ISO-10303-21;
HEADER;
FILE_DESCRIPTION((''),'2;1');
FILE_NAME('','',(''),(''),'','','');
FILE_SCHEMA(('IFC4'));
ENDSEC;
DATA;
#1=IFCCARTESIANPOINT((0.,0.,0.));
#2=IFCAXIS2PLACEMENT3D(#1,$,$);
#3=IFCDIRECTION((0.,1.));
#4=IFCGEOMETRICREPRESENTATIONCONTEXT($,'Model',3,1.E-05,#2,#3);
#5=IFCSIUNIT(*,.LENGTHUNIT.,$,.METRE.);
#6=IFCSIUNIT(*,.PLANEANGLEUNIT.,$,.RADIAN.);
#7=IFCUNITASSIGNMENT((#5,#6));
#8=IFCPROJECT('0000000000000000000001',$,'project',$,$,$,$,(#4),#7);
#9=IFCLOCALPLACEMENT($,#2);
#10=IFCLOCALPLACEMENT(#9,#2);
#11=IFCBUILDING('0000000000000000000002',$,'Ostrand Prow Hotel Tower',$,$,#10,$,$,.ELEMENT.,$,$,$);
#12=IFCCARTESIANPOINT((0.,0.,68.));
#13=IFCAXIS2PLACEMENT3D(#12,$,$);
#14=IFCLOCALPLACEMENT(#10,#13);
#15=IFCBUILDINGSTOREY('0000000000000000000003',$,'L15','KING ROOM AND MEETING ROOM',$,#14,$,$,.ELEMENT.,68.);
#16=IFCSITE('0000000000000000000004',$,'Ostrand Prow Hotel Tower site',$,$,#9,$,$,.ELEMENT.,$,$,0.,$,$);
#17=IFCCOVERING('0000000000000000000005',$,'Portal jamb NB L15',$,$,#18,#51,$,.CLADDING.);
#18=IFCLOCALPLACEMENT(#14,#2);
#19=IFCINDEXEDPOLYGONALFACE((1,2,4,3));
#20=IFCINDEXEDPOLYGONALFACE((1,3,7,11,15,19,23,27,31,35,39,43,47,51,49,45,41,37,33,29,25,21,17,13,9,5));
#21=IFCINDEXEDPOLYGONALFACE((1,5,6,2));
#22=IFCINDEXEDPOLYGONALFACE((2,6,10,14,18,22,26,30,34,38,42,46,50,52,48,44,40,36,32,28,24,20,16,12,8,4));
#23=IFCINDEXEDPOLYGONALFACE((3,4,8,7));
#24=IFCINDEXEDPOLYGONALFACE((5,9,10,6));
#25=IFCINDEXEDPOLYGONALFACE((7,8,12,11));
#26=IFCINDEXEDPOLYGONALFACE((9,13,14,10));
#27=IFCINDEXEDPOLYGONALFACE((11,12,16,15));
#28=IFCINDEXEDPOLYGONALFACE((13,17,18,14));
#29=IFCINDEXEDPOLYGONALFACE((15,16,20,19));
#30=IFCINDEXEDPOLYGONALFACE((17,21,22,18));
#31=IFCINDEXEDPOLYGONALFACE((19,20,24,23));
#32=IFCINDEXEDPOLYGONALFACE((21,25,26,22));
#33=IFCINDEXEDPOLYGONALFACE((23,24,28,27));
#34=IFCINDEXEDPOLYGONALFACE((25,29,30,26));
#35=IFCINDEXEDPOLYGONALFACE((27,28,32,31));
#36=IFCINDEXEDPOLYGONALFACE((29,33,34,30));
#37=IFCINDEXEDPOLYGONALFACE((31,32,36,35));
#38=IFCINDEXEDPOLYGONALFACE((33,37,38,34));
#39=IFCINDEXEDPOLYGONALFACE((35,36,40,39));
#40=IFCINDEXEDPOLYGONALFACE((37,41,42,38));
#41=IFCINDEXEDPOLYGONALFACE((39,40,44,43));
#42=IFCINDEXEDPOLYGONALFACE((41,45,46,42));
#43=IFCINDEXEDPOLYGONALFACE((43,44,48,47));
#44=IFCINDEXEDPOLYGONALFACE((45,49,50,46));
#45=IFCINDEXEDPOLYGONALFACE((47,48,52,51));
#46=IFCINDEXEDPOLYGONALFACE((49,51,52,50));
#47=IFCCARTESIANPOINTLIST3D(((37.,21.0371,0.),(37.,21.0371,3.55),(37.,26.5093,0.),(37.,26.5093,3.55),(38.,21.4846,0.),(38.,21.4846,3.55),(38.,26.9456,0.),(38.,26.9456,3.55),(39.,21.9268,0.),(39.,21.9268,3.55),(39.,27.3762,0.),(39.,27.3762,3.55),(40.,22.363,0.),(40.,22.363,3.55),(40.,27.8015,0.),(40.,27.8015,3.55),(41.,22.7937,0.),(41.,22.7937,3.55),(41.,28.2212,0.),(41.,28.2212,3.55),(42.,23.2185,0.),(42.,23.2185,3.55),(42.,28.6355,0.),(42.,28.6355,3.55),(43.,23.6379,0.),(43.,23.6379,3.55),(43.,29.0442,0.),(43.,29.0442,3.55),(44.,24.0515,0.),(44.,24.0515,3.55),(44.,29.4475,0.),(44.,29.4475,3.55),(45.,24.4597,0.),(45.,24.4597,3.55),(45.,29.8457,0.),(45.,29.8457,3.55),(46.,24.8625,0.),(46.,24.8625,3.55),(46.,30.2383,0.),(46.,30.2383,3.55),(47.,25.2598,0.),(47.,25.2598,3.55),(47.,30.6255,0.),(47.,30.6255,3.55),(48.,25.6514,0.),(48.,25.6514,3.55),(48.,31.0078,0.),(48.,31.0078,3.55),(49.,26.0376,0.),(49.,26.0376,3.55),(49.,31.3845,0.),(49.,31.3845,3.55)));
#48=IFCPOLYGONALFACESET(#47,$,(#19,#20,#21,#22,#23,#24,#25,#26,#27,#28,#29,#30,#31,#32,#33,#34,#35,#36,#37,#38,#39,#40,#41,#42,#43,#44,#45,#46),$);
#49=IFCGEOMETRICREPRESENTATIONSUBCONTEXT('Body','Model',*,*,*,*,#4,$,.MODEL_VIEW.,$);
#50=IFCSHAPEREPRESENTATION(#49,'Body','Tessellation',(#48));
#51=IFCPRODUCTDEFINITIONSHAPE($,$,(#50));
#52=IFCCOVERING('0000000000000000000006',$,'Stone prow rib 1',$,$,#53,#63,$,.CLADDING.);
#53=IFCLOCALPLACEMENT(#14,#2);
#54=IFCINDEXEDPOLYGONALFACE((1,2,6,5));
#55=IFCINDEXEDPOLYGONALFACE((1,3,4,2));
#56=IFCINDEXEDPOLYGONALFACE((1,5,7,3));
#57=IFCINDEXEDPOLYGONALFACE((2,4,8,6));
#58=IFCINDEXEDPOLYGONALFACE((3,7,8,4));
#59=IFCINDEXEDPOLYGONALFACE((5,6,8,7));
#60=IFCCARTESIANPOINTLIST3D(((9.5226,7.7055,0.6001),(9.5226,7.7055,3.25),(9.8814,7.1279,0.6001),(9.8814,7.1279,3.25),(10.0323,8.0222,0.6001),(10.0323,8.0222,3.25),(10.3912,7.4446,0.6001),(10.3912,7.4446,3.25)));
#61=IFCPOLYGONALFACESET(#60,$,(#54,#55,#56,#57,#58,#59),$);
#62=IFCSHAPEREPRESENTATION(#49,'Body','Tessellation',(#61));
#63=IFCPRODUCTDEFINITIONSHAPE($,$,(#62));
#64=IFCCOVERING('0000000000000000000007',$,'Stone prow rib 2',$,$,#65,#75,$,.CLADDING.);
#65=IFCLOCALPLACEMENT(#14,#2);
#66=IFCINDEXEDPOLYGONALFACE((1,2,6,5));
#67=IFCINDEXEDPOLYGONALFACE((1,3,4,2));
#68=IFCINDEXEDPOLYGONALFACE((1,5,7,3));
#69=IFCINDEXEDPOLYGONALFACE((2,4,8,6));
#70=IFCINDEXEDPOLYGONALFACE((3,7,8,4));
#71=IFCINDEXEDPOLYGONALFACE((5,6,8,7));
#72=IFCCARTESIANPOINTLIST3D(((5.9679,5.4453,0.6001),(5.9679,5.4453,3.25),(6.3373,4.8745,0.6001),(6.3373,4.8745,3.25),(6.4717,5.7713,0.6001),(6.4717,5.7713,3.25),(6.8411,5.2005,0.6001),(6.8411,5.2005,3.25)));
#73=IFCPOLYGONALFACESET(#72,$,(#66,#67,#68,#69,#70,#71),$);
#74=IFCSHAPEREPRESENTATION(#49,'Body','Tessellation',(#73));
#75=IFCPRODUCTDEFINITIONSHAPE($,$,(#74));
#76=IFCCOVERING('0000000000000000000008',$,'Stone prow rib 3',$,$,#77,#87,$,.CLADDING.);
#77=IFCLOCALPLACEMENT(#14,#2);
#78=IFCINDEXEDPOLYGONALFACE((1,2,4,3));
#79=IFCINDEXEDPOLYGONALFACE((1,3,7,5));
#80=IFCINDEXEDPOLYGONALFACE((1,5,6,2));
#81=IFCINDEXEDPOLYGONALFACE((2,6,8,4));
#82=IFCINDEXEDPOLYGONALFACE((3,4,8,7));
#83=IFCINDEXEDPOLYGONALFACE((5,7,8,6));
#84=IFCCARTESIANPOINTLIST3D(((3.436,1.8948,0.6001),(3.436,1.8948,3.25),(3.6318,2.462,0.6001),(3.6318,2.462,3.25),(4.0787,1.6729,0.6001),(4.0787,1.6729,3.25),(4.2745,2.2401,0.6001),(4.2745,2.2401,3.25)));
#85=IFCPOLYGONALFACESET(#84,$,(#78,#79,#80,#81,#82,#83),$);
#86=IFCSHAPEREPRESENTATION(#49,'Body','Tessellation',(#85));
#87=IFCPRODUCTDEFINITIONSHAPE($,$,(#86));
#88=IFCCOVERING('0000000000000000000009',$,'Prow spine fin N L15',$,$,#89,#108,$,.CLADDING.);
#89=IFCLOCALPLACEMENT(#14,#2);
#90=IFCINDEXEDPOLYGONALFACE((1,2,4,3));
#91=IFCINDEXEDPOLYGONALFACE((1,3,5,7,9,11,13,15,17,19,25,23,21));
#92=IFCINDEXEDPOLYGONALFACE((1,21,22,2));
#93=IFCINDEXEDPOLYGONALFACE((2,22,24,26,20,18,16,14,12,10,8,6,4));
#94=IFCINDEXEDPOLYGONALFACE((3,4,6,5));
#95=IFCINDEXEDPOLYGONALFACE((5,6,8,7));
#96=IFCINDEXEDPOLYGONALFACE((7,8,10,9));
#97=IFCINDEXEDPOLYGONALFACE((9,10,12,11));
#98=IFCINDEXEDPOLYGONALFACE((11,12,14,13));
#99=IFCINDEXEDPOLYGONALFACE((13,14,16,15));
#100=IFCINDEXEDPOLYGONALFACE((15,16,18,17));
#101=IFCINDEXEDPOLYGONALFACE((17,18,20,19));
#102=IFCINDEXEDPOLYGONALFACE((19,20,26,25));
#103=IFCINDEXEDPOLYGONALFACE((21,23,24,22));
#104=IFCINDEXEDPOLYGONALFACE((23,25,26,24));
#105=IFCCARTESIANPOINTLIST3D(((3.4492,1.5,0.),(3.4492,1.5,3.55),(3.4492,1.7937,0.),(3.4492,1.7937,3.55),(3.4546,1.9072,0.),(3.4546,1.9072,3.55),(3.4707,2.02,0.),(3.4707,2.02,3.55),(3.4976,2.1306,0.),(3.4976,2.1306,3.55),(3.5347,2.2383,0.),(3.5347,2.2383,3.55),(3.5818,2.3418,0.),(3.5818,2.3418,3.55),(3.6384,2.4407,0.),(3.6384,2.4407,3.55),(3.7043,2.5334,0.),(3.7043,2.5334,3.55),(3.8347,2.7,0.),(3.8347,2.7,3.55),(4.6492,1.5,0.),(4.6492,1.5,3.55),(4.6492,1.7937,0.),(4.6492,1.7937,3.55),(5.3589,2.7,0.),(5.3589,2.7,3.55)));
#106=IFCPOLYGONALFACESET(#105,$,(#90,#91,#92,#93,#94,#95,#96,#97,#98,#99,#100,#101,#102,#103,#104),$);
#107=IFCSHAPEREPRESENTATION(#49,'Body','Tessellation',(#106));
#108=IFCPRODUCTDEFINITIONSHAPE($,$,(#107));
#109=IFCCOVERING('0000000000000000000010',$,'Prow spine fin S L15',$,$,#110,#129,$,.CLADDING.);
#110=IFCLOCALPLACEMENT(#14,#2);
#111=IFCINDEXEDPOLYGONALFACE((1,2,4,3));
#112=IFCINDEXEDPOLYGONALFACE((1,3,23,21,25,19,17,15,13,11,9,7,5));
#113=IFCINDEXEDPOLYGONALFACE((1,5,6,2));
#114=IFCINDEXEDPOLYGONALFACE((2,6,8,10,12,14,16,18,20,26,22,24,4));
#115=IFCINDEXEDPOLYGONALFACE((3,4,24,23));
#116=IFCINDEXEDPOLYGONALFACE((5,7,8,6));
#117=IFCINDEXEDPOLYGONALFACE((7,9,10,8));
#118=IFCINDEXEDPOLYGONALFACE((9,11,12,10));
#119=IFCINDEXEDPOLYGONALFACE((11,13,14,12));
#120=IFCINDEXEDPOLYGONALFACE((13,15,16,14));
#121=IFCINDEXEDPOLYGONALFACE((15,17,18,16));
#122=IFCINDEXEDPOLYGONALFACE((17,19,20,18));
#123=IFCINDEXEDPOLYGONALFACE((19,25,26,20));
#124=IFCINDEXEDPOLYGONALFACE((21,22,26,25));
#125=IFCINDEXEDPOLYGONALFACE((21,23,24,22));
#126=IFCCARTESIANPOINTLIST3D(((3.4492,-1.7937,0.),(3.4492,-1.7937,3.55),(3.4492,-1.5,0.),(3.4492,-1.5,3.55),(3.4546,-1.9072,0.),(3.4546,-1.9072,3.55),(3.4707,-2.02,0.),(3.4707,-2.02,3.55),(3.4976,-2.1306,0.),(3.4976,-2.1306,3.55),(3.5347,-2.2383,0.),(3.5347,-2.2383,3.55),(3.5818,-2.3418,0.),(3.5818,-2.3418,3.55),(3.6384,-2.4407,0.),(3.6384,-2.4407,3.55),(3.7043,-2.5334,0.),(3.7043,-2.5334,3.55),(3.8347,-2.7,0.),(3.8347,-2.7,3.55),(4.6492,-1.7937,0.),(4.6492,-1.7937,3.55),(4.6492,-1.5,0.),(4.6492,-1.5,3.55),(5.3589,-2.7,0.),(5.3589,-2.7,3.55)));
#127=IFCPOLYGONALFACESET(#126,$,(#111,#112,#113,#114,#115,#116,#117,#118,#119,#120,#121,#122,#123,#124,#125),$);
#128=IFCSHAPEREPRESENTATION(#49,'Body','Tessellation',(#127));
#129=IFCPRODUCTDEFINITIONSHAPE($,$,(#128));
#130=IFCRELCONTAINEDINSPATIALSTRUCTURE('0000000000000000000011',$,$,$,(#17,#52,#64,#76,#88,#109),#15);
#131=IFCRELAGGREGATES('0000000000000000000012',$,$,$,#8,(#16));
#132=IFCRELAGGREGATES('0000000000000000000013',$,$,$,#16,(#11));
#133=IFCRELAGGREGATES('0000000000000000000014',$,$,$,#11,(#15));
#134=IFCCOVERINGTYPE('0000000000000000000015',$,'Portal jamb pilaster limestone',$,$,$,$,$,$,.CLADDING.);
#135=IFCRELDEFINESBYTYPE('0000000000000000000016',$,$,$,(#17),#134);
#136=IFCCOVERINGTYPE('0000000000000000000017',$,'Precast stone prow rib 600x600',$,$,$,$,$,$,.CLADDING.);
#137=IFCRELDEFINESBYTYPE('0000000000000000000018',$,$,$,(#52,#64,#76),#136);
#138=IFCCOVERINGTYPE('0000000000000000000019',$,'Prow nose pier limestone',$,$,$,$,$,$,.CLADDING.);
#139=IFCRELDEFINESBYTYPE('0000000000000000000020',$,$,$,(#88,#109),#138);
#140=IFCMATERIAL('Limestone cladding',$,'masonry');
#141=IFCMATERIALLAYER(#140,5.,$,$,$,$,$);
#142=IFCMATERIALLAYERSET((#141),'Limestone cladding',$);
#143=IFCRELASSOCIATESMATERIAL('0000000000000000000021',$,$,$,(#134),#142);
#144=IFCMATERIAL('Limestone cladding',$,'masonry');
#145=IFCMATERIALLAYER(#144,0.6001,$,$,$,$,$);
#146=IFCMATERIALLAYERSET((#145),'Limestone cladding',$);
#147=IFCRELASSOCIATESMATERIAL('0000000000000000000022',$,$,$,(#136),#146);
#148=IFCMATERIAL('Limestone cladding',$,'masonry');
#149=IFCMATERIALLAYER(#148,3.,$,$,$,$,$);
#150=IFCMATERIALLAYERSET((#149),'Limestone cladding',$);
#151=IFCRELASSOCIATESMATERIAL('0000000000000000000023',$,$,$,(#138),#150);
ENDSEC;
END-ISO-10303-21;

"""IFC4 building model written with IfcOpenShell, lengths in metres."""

from ifc_helpers import new_model, si_unit, direction, frame, frame_2d, origin, place, context, subcontext, project, spatial, polyline, rectangle, outline, extrude, material, layer, layer_set, type_object, element, save


model = new_model("IFC4")

# Units and contexts
model_context = context("Model", 3, precision=1e-05, world=origin(), true_north=direction((0.0, 1.0)))
body_context = subcontext(model_context, "Body", "Model", "MODEL_VIEW")
ifc_project = project(units=[si_unit("LENGTHUNIT", "METRE"), si_unit("PLANEANGLEUNIT", "RADIAN")], contexts=[model_context])

# Site, building, storey
site_placement = place(None, origin())
site = spatial("IfcSite", under=ifc_project, at=site_placement, Name="Ostrand Prow Hotel Tower site", CompositionType="ELEMENT", RefElevation=0.0)
building_placement = place(site_placement, origin())
building = spatial("IfcBuilding", under=site, at=building_placement, Name="Ostrand Prow Hotel Tower", CompositionType="ELEMENT")
storey_placement = place(building_placement, frame((0.0, 0.0, 68.0)))
storey = spatial("IfcBuildingStorey", under=building, at=storey_placement, Name="L15", Description="KING ROOM AND MEETING ROOM", CompositionType="ELEMENT", Elevation=68.0)

# Coverings
ifc_material_1 = material(Name="Limestone cladding", Category="masonry")
ifc_layer_1 = layer(ifc_material_1, 5.0)
ifc_layer_set_1 = layer_set([ifc_layer_1], Name="Limestone cladding")
covering_type_1 = type_object("IfcCoveringType", Name="Portal jamb pilaster limestone", PredefinedType="CLADDING", material=ifc_layer_set_1)
covering_1_placement = place(storey_placement, origin())
element("IfcCovering", 1, at=covering_1_placement, inside=storey, type_object=covering_type_1, Name="Portal jamb NB L15", PredefinedType="CLADDING", context=body_context, shape_type="SweptSolid", body=[
    extrude(outline(polyline([(37.0, 21.0371), (38.0, 21.4846), (39.0, 21.9268), (40.0, 22.363), (41.0, 22.7937), (42.0, 23.2185), (43.0, 23.6379), (44.0, 24.0515), (45.0, 24.4597), (46.0, 24.8625), (47.0, 25.2598), (48.0, 25.6514), (49.0, 26.0376), (49.0, 31.3845), (48.0, 31.0078), (47.0, 30.6255), (46.0, 30.2383), (45.0, 29.8457), (44.0, 29.4475), (43.0, 29.0442), (42.0, 28.6355), (41.0, 28.2212), (40.0, 27.8015), (39.0, 27.3762), (38.0, 26.9456), (37.0, 26.5093), (37.0, 21.0371)])), origin(), (0.0, 0.0, 1.0), 3.55),
])
ifc_material_2 = material(Name="Limestone cladding", Category="masonry")
ifc_layer_2 = layer(ifc_material_2, 0.6001)
ifc_layer_set_2 = layer_set([ifc_layer_2], Name="Limestone cladding")
covering_type_2 = type_object("IfcCoveringType", Name="Precast stone prow rib 600x600", PredefinedType="CLADDING", material=ifc_layer_set_2)
for number, where, z_axis, x_axis, name in (
    (2, (10.1362, 7.2864, 0.6001), (0.0, 0.0, 1.0), (-0.527738, 0.849407, 0.0), "Stone prow rib 1"),
    (3, (6.5891, 5.0376, 0.6001), (0.0, 0.0, 1.0), (-0.543296, 0.839541, 0.0), "Stone prow rib 2"),
    (4, (4.1765, 1.9565, 0.6001), (0.0, 0.0, 1.0), (-0.945255, 0.326334, 0.0), "Stone prow rib 3"),
):
    element("IfcCovering", number, at=place(storey_placement, frame(where, z_axis=z_axis, x_axis=x_axis)), inside=storey, type_object=covering_type_2, Name=name, PredefinedType="CLADDING", context=body_context, shape_type="SweptSolid", body=[
        extrude(rectangle(XDim=0.6799, YDim=0.6001, at=frame_2d((0.3398, 0.0))), origin(), (0.0, 0.0, 1.0), 2.6499),
    ])
ifc_material_3 = material(Name="Limestone cladding", Category="masonry")
ifc_layer_3 = layer(ifc_material_3, 3.0)
ifc_layer_set_3 = layer_set([ifc_layer_3], Name="Limestone cladding")
covering_type_3 = type_object("IfcCoveringType", Name="Prow nose pier limestone", PredefinedType="CLADDING", material=ifc_layer_set_3)
covering_2_placement = place(storey_placement, origin())
element("IfcCovering", 5, at=covering_2_placement, inside=storey, type_object=covering_type_3, Name="Prow spine fin N L15", PredefinedType="CLADDING", context=body_context, shape_type="SweptSolid", body=[
    extrude(outline(polyline([(3.4492, 1.7937), (3.4492, 1.5), (4.6492, 1.5), (4.6492, 1.7937), (5.3589, 2.7), (3.8347, 2.7), (3.7043, 2.5334), (3.6384, 2.4407), (3.5818, 2.3418), (3.5347, 2.2383), (3.4976, 2.1306), (3.4707, 2.02), (3.4546, 1.9072), (3.4492, 1.7937)])), origin(), (0.0, 0.0, 1.0), 3.55),
])
covering_3_placement = place(storey_placement, origin())
element("IfcCovering", 6, at=covering_3_placement, inside=storey, type_object=covering_type_3, Name="Prow spine fin S L15", PredefinedType="CLADDING", context=body_context, shape_type="SweptSolid", body=[
    extrude(outline(polyline([(3.7043, -2.5334), (3.8347, -2.7), (5.3589, -2.7), (4.6492, -1.7937), (4.6492, -1.5), (3.4492, -1.5), (3.4492, -1.7937), (3.4546, -1.9072), (3.4707, -2.02), (3.4976, -2.1306), (3.5347, -2.2383), (3.5818, -2.3418), (3.6384, -2.4407), (3.7043, -2.5334)])), origin(), (0.0, 0.0, 1.0), 3.55),
])

save(model, "model.ifc")
